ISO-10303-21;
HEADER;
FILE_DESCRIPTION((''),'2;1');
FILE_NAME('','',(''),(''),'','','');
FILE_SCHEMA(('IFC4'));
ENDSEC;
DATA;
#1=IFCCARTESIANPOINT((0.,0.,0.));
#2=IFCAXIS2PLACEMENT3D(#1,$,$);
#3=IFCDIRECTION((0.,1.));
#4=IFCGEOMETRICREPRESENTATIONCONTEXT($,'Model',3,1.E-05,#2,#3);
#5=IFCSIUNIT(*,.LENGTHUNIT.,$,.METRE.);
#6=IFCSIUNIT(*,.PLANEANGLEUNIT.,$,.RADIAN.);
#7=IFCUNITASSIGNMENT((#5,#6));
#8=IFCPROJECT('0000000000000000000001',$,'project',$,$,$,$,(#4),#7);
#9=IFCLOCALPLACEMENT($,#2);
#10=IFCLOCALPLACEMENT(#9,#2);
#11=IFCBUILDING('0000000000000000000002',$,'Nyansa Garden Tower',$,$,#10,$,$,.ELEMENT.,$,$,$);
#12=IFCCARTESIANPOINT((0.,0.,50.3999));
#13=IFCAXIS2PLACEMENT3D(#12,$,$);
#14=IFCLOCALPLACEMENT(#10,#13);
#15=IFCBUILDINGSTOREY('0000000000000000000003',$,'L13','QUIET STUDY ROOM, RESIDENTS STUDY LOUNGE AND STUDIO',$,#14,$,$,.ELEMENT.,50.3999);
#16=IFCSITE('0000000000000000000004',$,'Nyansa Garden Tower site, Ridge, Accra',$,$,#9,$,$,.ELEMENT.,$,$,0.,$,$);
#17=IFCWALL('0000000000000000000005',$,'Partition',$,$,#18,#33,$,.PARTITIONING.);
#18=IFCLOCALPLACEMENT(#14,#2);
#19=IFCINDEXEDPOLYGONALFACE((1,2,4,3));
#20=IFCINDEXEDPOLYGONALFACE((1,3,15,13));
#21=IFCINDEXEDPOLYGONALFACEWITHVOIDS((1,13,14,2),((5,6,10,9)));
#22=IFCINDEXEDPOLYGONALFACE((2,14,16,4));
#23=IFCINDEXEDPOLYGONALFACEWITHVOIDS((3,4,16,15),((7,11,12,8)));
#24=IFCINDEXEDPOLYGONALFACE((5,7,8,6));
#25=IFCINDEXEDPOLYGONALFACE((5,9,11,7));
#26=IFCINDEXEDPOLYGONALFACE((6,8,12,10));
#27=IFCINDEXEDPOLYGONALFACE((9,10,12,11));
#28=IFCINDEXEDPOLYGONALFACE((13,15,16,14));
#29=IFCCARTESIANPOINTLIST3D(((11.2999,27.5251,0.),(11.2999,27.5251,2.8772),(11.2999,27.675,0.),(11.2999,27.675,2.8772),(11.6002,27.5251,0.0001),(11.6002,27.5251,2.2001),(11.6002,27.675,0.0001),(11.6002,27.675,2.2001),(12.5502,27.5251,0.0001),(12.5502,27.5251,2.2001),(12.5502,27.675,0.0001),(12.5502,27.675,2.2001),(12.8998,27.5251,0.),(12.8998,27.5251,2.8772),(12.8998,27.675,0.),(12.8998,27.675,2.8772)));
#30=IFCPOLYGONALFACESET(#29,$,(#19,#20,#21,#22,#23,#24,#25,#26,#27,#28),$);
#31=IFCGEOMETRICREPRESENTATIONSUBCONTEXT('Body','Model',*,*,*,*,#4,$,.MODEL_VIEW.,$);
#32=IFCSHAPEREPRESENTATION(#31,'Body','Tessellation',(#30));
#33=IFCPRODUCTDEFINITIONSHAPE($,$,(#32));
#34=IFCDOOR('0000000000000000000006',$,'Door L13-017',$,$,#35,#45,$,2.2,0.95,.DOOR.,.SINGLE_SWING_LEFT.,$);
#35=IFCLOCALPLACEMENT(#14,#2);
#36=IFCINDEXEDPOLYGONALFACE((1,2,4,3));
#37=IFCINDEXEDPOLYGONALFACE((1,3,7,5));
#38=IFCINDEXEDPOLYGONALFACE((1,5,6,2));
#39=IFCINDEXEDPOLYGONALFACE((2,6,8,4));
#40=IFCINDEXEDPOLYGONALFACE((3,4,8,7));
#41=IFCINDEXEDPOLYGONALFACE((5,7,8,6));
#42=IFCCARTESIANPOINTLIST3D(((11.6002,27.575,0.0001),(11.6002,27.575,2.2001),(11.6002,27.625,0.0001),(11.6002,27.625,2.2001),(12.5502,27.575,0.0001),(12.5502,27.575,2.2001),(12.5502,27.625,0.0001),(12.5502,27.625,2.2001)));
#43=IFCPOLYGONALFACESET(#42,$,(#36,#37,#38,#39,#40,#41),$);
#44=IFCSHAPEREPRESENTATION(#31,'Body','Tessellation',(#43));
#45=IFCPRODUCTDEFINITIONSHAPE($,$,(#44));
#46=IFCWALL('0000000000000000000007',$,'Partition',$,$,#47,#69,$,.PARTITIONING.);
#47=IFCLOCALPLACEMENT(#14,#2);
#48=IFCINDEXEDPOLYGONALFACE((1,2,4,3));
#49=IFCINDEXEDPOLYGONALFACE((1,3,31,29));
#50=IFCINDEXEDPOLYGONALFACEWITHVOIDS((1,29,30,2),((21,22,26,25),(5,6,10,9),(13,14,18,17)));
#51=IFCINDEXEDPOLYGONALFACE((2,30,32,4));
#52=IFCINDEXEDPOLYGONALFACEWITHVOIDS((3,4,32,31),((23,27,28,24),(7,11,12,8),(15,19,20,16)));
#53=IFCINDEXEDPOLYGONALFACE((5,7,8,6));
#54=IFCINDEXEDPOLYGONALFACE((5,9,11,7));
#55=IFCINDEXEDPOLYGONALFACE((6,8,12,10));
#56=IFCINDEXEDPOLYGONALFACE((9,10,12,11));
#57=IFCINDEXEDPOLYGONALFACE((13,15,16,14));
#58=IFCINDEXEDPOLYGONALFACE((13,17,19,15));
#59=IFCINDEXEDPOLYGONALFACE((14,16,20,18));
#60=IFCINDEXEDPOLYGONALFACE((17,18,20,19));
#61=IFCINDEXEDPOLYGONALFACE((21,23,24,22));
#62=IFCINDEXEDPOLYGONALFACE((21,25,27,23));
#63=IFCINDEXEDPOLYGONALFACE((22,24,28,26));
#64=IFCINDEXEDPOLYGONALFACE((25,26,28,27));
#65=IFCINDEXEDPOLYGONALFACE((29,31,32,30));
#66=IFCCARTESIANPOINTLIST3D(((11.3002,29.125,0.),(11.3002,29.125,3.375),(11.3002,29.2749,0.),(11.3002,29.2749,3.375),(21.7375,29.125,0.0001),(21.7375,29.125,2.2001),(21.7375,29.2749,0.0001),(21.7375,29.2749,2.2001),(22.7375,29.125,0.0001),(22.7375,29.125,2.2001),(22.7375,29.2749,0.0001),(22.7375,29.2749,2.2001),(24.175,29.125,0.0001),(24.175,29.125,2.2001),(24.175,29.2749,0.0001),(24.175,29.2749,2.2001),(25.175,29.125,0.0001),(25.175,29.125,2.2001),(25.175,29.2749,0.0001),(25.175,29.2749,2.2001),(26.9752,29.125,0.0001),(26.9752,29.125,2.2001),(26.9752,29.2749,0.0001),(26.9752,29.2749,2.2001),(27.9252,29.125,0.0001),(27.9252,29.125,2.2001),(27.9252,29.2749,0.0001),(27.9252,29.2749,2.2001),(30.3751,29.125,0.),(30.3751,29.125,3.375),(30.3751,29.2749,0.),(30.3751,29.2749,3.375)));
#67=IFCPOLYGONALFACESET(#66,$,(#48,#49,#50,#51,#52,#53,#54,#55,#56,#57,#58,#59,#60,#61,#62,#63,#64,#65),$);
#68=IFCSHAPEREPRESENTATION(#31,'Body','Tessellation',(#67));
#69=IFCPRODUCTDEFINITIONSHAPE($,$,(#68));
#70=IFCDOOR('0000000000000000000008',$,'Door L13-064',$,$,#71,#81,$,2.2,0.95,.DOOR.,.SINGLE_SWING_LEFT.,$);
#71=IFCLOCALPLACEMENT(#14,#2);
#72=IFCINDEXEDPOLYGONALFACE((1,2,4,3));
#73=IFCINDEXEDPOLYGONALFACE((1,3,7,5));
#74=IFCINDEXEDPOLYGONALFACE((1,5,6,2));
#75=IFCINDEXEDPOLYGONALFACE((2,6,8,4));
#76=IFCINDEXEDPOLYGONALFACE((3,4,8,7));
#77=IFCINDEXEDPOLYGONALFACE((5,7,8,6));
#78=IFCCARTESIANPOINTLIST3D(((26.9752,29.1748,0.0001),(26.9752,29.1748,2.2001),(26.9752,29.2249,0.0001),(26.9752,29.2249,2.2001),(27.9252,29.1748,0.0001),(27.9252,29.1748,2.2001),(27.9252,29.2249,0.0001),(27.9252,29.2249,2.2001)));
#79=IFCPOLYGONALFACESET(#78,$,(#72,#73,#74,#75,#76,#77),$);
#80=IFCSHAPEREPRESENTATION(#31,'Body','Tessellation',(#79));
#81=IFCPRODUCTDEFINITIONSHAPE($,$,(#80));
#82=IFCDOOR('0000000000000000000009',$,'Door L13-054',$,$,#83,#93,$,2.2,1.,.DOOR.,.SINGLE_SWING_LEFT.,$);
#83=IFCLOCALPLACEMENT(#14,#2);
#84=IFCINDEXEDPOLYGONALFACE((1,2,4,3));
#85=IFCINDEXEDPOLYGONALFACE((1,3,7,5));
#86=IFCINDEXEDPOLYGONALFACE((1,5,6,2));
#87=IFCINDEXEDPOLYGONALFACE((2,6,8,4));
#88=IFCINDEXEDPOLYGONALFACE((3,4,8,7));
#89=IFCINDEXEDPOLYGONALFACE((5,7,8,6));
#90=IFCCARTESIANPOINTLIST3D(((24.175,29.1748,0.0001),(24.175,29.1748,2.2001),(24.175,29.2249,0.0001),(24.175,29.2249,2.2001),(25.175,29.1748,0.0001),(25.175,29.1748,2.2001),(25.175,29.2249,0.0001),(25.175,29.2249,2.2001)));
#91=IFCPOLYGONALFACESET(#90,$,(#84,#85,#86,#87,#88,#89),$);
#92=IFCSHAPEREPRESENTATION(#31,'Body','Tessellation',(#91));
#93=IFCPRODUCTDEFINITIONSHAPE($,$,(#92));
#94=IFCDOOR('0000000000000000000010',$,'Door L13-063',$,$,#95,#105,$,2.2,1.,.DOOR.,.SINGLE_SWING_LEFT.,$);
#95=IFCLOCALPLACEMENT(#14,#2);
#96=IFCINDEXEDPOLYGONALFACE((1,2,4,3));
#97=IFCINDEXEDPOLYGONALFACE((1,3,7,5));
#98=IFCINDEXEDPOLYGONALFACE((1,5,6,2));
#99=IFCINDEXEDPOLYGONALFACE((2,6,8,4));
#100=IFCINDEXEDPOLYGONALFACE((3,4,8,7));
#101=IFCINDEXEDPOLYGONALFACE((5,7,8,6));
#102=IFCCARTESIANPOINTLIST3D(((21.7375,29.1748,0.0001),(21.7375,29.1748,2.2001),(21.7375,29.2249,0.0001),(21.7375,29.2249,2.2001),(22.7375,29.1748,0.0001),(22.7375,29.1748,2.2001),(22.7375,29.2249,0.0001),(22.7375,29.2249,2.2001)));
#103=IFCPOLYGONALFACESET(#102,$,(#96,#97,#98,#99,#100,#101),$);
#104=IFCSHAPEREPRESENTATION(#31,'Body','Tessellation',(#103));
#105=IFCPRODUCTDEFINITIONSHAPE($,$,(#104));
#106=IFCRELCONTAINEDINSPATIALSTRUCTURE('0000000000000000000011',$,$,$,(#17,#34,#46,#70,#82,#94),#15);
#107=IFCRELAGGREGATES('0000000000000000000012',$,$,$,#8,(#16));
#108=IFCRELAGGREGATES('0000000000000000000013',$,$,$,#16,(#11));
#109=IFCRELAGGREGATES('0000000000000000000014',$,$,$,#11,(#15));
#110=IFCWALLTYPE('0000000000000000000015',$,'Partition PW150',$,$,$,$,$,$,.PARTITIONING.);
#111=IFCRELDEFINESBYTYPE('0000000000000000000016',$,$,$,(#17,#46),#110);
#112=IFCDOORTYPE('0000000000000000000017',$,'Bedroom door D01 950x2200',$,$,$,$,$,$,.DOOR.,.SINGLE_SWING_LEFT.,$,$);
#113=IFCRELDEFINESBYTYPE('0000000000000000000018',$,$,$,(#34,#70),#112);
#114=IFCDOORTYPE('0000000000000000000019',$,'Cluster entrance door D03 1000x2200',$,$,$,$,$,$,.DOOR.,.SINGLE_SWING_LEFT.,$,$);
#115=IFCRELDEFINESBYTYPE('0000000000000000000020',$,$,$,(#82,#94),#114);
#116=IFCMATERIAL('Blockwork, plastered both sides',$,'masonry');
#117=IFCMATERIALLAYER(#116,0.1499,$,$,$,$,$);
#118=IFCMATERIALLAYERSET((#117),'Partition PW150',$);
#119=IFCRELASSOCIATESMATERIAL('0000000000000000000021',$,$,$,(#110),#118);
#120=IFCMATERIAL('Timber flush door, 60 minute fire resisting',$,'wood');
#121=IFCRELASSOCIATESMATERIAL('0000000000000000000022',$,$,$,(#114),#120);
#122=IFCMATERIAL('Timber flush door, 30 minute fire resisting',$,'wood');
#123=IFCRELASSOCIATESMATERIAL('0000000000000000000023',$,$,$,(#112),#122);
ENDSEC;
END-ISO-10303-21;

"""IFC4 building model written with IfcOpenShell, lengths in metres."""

from ifc_helpers import new_model, si_unit, direction, frame, frame_2d, origin, place, context, subcontext, project, spatial, rectangle, extrude, material, layer, layer_set, type_object, element, fill, save


model = new_model("IFC4")

# Units and contexts
model_context = context("Model", 3, precision=1e-05, world=origin(), true_north=direction((0.0, 1.0)))
body_context = subcontext(model_context, "Body", "Model", "MODEL_VIEW")
ifc_project = project(units=[si_unit("LENGTHUNIT", "METRE"), si_unit("PLANEANGLEUNIT", "RADIAN")], contexts=[model_context])

# Site, building, storey
site_placement = place(None, origin())
site = spatial("IfcSite", under=ifc_project, at=site_placement, Name="Nyansa Garden Tower site, Ridge, Accra", CompositionType="ELEMENT", RefElevation=0.0)
building_placement = place(site_placement, origin())
building = spatial("IfcBuilding", under=site, at=building_placement, Name="Nyansa Garden Tower", CompositionType="ELEMENT")
storey_placement = place(building_placement, frame((0.0, 0.0, 50.3999)))
storey = spatial("IfcBuildingStorey", under=building, at=storey_placement, Name="L13", Description="QUIET STUDY ROOM, RESIDENTS STUDY LOUNGE AND STUDIO", CompositionType="ELEMENT", Elevation=50.3999)

# Shared definitions
ifc_material_1 = material(Name="Blockwork, plastered both sides", Category="masonry")
ifc_layer = layer(ifc_material_1, 0.1499)
ifc_layer_set = layer_set([ifc_layer], Name="Partition PW150")
wall_type = type_object("IfcWallType", Name="Partition PW150", PredefinedType="PARTITIONING", material=ifc_layer_set)

# Shared definitions
ifc_material_2 = material(Name="Timber flush door, 60 minute fire resisting", Category="wood")
door_type_1 = type_object("IfcDoorType", Name="Cluster entrance door D03 1000x2200", OperationType="SINGLE_SWING_LEFT", PredefinedType="DOOR", material=ifc_material_2)

# Wall, opening, door
wall_1_placement = place(storey_placement, frame((11.3, 27.6001, 0.0), z_axis=(0.0, 0.0, 1.0), x_axis=(1.0, 0.0, 0.0)))
wall_1 = element("IfcWall", 1, at=wall_1_placement, inside=storey, type_object=wall_type, Name="Partition", PredefinedType="PARTITIONING", context=body_context, shape_type="SweptSolid", body=[
    extrude(rectangle(XDim=1.5999, YDim=0.1499, at=frame_2d((0.7998, 0.0))), origin(), (0.0, 0.0, 1.0), 2.8772),
])
opening_1_placement = place(wall_1_placement, frame((0.3, 0.0, 0.0)))
opening_1 = element("IfcOpeningElement", 2, at=opening_1_placement, cuts=wall_1, PredefinedType="OPENING", context=body_context, shape_type="SweptSolid", body=[
    extrude(rectangle(XDim=0.95, YDim=2.2, at=frame_2d((0.4751, 1.1001))), frame((0.0, 0.085, 0.0), z_axis=(0.0, -1.0, 0.0), x_axis=(1.0, 0.0, 0.0)), (0.0, 0.0, 1.0), 0.1699),
])
ifc_material_3 = material(Name="Timber flush door, 30 minute fire resisting", Category="wood")
door_type_2 = type_object("IfcDoorType", Name="Bedroom door D01 950x2200", OperationType="SINGLE_SWING_LEFT", PredefinedType="DOOR", material=ifc_material_3)
door_1_placement = place(opening_1_placement, origin())
door_1 = element("IfcDoor", 3, at=door_1_placement, inside=storey, type_object=door_type_2, Name="Door L13-017", OperationType="SINGLE_SWING_LEFT", OverallHeight=2.2, OverallWidth=0.95, PredefinedType="DOOR", context=body_context, shape_type="SweptSolid", body=[
    extrude(rectangle(XDim=0.95, YDim=2.2, at=frame_2d((0.4751, 1.1001))), frame((0.0, 0.0249, 0.0), z_axis=(0.0, -1.0, 0.0), x_axis=(1.0, 0.0, 0.0)), (0.0, 0.0, 1.0), 0.05),
])
fill(opening_1, door_1)

# Wall, openings, doors
wall_2_placement = place(storey_placement, frame((11.3, 29.2, 0.0), z_axis=(0.0, 0.0, 1.0), x_axis=(1.0, 0.0, 0.0)))
wall_2 = element("IfcWall", 4, at=wall_2_placement, inside=storey, type_object=wall_type, Name="Partition", PredefinedType="PARTITIONING", context=body_context, shape_type="SweptSolid", body=[
    extrude(rectangle(XDim=19.075, YDim=0.1499, at=frame_2d((9.5376, 0.0))), origin(), (0.0, 0.0, 1.0), 3.375),
])
opening_2_placement = place(wall_2_placement, frame((12.875, 0.0, 0.0)))
opening_2 = element("IfcOpeningElement", 5, at=opening_2_placement, cuts=wall_2, PredefinedType="OPENING", context=body_context, shape_type="SweptSolid", body=[
    extrude(rectangle(XDim=1.0, YDim=2.2, at=frame_2d((0.5, 1.1001))), frame((0.0, 0.085, 0.0), z_axis=(0.0, -1.0, 0.0), x_axis=(1.0, 0.0, 0.0)), (0.0, 0.0, 1.0), 0.1699),
])
opening_3_placement = place(wall_2_placement, frame((10.4375, 0.0, 0.0)))
opening_3 = element("IfcOpeningElement", 6, at=opening_3_placement, cuts=wall_2, PredefinedType="OPENING", context=body_context, shape_type="SweptSolid", body=[
    extrude(rectangle(XDim=1.0, YDim=2.2, at=frame_2d((0.5, 1.1001))), frame((0.0, 0.085, 0.0), z_axis=(0.0, -1.0, 0.0), x_axis=(1.0, 0.0, 0.0)), (0.0, 0.0, 1.0), 0.1699),
])
opening_4_placement = place(wall_2_placement, frame((15.675, 0.0, 0.0)))
opening_4 = element("IfcOpeningElement", 7, at=opening_4_placement, cuts=wall_2, PredefinedType="OPENING", context=body_context, shape_type="SweptSolid", body=[
    extrude(rectangle(XDim=0.95, YDim=2.2, at=frame_2d((0.4751, 1.1001))), frame((0.0, 0.085, 0.0), z_axis=(0.0, -1.0, 0.0), x_axis=(1.0, 0.0, 0.0)), (0.0, 0.0, 1.0), 0.1699),
])
door_2_placement = place(opening_4_placement, origin())
door_2 = element("IfcDoor", 8, at=door_2_placement, inside=storey, type_object=door_type_2, Name="Door L13-064", OperationType="SINGLE_SWING_LEFT", OverallHeight=2.2, OverallWidth=0.95, PredefinedType="DOOR", context=body_context, shape_type="SweptSolid", body=[
    extrude(rectangle(XDim=0.95, YDim=2.2, at=frame_2d((0.4751, 1.1001))), frame((0.0, 0.0249, 0.0), z_axis=(0.0, -1.0, 0.0), x_axis=(1.0, 0.0, 0.0)), (0.0, 0.0, 1.0), 0.05),
])
fill(opening_4, door_2)
door_3_placement = place(opening_2_placement, origin())
door_3 = element("IfcDoor", 9, at=door_3_placement, inside=storey, type_object=door_type_1, Name="Door L13-054", OperationType="SINGLE_SWING_LEFT", OverallHeight=2.2, OverallWidth=1.0, PredefinedType="DOOR", context=body_context, shape_type="SweptSolid", body=[
    extrude(rectangle(XDim=1.0, YDim=2.2, at=frame_2d((0.5, 1.1001))), frame((0.0, 0.0249, 0.0), z_axis=(0.0, -1.0, 0.0), x_axis=(1.0, 0.0, 0.0)), (0.0, 0.0, 1.0), 0.05),
])
fill(opening_2, door_3)
door_4_placement = place(opening_3_placement, origin())
door_4 = element("IfcDoor", 10, at=door_4_placement, inside=storey, type_object=door_type_1, Name="Door L13-063", OperationType="SINGLE_SWING_LEFT", OverallHeight=2.2, OverallWidth=1.0, PredefinedType="DOOR", context=body_context, shape_type="SweptSolid", body=[
    extrude(rectangle(XDim=1.0, YDim=2.2, at=frame_2d((0.5, 1.1001))), frame((0.0, 0.0249, 0.0), z_axis=(0.0, -1.0, 0.0), x_axis=(1.0, 0.0, 0.0)), (0.0, 0.0, 1.0), 0.05),
])
fill(opening_3, door_4)

save(model, "model.ifc")
